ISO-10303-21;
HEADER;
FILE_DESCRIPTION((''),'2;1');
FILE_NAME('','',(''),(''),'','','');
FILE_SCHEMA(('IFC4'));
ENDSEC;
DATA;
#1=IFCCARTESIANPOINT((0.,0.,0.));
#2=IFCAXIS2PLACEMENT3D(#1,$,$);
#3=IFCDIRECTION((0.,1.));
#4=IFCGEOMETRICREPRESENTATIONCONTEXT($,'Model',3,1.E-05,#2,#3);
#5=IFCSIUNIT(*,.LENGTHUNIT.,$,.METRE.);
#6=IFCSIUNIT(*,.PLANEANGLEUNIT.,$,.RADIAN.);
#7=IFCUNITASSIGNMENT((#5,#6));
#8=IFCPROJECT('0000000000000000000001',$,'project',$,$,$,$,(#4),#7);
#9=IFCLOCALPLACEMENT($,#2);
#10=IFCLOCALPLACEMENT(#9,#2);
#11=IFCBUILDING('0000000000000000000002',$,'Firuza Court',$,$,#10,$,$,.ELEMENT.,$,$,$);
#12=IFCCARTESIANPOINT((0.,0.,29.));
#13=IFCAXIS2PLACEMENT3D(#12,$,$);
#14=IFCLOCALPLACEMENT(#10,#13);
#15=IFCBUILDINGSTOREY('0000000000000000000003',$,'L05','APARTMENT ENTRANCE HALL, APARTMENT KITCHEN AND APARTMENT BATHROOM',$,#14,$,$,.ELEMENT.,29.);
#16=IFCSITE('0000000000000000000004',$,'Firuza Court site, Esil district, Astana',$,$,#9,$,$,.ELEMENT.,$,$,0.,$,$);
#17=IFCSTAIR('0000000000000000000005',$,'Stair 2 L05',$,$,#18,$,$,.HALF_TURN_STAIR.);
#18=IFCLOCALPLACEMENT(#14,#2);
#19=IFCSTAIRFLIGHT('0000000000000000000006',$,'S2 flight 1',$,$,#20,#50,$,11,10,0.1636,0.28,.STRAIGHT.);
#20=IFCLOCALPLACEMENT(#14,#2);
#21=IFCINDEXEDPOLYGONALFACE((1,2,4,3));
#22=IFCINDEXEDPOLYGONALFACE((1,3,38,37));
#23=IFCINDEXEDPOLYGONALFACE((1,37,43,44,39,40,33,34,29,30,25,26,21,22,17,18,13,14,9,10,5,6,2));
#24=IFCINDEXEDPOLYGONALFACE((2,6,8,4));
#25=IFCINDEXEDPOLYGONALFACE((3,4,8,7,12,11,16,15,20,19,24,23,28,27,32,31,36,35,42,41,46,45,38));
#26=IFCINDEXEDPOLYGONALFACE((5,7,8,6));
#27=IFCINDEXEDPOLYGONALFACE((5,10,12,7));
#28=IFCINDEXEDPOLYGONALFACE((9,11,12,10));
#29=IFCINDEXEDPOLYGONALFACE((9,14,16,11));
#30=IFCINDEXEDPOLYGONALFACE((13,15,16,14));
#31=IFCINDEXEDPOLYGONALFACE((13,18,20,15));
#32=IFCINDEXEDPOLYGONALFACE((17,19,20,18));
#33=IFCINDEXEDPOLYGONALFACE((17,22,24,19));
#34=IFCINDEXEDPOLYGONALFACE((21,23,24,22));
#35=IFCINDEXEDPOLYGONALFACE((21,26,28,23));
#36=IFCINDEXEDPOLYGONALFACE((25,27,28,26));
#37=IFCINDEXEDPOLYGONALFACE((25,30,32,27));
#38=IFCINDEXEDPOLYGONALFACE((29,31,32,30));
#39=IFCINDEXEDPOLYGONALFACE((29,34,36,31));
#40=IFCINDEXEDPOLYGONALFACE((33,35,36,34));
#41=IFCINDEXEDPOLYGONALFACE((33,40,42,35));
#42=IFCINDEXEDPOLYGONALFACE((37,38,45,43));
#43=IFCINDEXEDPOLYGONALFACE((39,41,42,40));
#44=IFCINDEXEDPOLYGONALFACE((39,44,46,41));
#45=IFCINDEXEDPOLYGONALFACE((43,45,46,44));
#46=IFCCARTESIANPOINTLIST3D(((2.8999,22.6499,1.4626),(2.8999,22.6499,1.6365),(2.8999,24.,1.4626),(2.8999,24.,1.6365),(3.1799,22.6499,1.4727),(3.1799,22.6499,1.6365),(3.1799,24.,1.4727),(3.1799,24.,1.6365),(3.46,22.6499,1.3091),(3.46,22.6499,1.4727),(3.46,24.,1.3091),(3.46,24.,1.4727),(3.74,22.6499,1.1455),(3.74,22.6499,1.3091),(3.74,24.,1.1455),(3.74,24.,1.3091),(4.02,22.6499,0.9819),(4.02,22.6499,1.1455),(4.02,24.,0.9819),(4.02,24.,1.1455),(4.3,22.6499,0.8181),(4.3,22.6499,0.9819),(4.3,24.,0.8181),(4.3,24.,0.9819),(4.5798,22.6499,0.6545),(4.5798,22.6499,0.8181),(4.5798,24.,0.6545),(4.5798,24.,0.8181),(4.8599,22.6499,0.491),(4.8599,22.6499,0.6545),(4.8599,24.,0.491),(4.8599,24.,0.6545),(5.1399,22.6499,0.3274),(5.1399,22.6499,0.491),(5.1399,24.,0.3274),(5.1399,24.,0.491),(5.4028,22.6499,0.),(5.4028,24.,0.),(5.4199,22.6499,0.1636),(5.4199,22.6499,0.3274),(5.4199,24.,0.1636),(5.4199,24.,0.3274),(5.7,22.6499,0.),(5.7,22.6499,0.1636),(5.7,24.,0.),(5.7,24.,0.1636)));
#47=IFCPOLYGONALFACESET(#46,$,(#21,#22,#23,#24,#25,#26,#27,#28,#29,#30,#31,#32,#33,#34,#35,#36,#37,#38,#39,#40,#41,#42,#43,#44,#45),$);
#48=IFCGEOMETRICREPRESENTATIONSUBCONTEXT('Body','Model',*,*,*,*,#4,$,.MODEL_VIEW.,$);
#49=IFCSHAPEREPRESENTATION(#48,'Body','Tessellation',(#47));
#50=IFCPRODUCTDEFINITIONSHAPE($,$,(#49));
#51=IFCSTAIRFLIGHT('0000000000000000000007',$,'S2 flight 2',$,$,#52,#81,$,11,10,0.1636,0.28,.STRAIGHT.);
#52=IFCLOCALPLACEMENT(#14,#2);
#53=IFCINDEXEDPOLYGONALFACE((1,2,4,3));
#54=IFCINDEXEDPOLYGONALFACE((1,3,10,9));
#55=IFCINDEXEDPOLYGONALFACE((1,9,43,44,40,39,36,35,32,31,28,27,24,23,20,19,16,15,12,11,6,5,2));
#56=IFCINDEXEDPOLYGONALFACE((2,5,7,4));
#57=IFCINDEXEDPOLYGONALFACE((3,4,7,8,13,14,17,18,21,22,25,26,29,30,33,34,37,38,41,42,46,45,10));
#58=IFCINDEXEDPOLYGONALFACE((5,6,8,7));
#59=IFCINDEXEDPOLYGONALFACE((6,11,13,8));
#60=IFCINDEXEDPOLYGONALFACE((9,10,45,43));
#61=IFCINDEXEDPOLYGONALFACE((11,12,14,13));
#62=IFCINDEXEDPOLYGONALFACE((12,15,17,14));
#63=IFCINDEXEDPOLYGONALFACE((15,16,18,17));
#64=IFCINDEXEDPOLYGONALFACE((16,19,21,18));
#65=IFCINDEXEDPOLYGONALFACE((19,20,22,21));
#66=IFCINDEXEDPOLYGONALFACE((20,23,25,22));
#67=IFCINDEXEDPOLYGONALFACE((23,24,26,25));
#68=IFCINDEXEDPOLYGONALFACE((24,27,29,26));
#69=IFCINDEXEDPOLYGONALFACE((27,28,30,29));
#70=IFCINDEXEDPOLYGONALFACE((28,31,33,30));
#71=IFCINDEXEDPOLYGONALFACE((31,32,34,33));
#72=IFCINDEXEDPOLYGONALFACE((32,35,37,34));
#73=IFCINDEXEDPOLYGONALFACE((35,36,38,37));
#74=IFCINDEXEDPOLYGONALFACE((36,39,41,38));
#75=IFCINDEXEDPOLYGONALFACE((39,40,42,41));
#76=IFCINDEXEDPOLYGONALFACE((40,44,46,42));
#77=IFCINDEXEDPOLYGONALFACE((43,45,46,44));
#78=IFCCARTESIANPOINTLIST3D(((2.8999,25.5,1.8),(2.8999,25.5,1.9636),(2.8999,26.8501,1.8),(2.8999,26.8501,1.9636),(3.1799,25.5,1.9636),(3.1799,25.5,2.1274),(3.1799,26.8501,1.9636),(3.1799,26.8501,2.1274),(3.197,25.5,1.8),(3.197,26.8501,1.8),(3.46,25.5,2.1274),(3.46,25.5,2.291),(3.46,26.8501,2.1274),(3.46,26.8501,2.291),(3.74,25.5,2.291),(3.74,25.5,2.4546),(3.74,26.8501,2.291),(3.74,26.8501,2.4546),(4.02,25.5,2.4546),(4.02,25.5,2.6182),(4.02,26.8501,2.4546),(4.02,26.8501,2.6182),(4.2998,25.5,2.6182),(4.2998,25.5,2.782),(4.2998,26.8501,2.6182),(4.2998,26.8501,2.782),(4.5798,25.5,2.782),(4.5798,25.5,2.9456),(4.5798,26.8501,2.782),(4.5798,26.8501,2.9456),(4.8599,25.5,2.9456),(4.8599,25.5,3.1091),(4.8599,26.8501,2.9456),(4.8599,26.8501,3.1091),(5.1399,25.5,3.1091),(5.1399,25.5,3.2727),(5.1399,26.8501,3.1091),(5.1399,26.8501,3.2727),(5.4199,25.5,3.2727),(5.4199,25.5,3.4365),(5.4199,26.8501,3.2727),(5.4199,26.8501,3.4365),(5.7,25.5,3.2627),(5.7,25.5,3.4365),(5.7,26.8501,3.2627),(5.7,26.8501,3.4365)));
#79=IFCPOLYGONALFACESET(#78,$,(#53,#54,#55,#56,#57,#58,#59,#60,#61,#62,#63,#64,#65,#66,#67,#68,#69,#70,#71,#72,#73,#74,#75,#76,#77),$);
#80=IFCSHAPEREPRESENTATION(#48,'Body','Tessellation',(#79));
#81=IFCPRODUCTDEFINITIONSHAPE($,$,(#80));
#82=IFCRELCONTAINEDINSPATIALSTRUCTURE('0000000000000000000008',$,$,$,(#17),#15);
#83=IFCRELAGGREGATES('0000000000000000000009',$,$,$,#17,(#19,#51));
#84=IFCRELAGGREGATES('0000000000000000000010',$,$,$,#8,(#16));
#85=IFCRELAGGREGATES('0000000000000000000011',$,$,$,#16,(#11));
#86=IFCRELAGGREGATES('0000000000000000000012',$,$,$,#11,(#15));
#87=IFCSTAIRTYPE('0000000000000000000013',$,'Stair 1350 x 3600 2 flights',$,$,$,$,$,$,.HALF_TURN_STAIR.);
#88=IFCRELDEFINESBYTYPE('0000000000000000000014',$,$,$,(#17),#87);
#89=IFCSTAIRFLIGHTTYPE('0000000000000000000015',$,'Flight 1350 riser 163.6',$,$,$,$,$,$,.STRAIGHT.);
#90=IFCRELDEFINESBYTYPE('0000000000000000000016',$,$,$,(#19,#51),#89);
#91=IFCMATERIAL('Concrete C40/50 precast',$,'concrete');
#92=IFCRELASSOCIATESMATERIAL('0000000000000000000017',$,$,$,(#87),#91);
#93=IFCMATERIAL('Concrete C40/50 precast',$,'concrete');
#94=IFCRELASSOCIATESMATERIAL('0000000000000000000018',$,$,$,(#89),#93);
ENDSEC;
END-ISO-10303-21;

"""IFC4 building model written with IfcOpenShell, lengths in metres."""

from ifc_helpers import new_model, si_unit, direction, frame, origin, place, context, subcontext, project, spatial, polyline, outline, extrude, material, type_object, element, aggregate, save


model = new_model("IFC4")

# Units and contexts
model_context = context("Model", 3, precision=1e-05, world=origin(), true_north=direction((0.0, 1.0)))
body_context = subcontext(model_context, "Body", "Model", "MODEL_VIEW")
ifc_project = project(units=[si_unit("LENGTHUNIT", "METRE"), si_unit("PLANEANGLEUNIT", "RADIAN")], contexts=[model_context])

# Site, building, storey
site_placement = place(None, origin())
site = spatial("IfcSite", under=ifc_project, at=site_placement, Name="Firuza Court site, Esil district, Astana", CompositionType="ELEMENT", RefElevation=0.0)
building_placement = place(site_placement, origin())
building = spatial("IfcBuilding", under=site, at=building_placement, Name="Firuza Court", CompositionType="ELEMENT")
storey_placement = place(building_placement, frame((0.0, 0.0, 29.0)))
storey = spatial("IfcBuildingStorey", under=building, at=storey_placement, Name="L05", Description="APARTMENT ENTRANCE HALL, APARTMENT KITCHEN AND APARTMENT BATHROOM", CompositionType="ELEMENT", Elevation=29.0)

# Stair, stair flights
ifc_material_1 = material(Name="Concrete C40/50 precast", Category="concrete")
stair_type = type_object("IfcStairType", Name="Stair 1350 x 3600 2 flights", PredefinedType="HALF_TURN_STAIR", material=ifc_material_1)
stair_placement = place(storey_placement, origin())
stair = element("IfcStair", 1, at=stair_placement, inside=storey, type_object=stair_type, Name="Stair 2 L05", PredefinedType="HALF_TURN_STAIR")
ifc_material_2 = material(Name="Concrete C40/50 precast", Category="concrete")
stair_flight_type = type_object("IfcStairFlightType", Name="Flight 1350 riser 163.6", PredefinedType="STRAIGHT", material=ifc_material_2)
stair_flight_1_placement = place(storey_placement, frame((5.7, 23.325, 0.0), z_axis=(0.0, 0.0, 1.0), x_axis=(-1.0, 0.0, 0.0)))
stair_flight_1 = element("IfcStairFlight", 2, at=stair_flight_1_placement, type_object=stair_flight_type, Name="S2 flight 1", NumberOfRisers=11, NumberOfTreads=10, PredefinedType="STRAIGHT", RiserHeight=0.1636, TreadLength=0.28, context=body_context, shape_type="SweptSolid", body=[
    extrude(outline(polyline([(0.0, 0.0), (0.0, 0.1636), (0.28, 0.1636), (0.28, 0.3274), (0.5601, 0.3274), (0.5601, 0.491), (0.8401, 0.491), (0.8401, 0.6545), (1.1201, 0.6545), (1.1201, 0.8181), (1.3999, 0.8181), (1.3999, 0.9819), (1.6799, 0.9819), (1.6799, 1.1455), (1.96, 1.1455), (1.96, 1.3091), (2.24, 1.3091), (2.24, 1.4727), (2.52, 1.4727), (2.52, 1.6365), (2.8, 1.6365), (2.8, 1.8), (2.8, 1.4626), (0.2971, 0.0), (0.0, 0.0)])), frame((0.0, 0.675, 0.0), z_axis=(0.0, -1.0, 0.0), x_axis=(1.0, 0.0, 0.0)), (0.0, 0.0, 1.0), 1.3501),
])
stair_flight_2_placement = place(storey_placement, frame((2.8999, 26.175, 1.8), z_axis=(0.0, 0.0, 1.0), x_axis=(1.0, 0.0, 0.0)))
stair_flight_2 = element("IfcStairFlight", 3, at=stair_flight_2_placement, type_object=stair_flight_type, Name="S2 flight 2", NumberOfRisers=11, NumberOfTreads=10, PredefinedType="STRAIGHT", RiserHeight=0.1636, TreadLength=0.28, context=body_context, shape_type="SweptSolid", body=[
    extrude(outline(polyline([(0.0, 0.0), (0.0, 0.1636), (0.28, 0.1636), (0.28, 0.3274), (0.5601, 0.3274), (0.5601, 0.491), (0.8401, 0.491), (0.8401, 0.6545), (1.1201, 0.6545), (1.1201, 0.8181), (1.3999, 0.8181), (1.3999, 0.9819), (1.6799, 0.9819), (1.6799, 1.1455), (1.96, 1.1455), (1.96, 1.3091), (2.24, 1.3091), (2.24, 1.4727), (2.52, 1.4727), (2.52, 1.6365), (2.8, 1.6365), (2.8, 1.8), (2.8, 1.4626), (0.2971, 0.0), (0.0, 0.0)])), frame((0.0, 0.675, 0.0), z_axis=(0.0, -1.0, 0.0), x_axis=(1.0, 0.0, 0.0)), (0.0, 0.0, 1.0), 1.3501),
])
aggregate(stair, [stair_flight_1, stair_flight_2])

save(model, "model.ifc")
